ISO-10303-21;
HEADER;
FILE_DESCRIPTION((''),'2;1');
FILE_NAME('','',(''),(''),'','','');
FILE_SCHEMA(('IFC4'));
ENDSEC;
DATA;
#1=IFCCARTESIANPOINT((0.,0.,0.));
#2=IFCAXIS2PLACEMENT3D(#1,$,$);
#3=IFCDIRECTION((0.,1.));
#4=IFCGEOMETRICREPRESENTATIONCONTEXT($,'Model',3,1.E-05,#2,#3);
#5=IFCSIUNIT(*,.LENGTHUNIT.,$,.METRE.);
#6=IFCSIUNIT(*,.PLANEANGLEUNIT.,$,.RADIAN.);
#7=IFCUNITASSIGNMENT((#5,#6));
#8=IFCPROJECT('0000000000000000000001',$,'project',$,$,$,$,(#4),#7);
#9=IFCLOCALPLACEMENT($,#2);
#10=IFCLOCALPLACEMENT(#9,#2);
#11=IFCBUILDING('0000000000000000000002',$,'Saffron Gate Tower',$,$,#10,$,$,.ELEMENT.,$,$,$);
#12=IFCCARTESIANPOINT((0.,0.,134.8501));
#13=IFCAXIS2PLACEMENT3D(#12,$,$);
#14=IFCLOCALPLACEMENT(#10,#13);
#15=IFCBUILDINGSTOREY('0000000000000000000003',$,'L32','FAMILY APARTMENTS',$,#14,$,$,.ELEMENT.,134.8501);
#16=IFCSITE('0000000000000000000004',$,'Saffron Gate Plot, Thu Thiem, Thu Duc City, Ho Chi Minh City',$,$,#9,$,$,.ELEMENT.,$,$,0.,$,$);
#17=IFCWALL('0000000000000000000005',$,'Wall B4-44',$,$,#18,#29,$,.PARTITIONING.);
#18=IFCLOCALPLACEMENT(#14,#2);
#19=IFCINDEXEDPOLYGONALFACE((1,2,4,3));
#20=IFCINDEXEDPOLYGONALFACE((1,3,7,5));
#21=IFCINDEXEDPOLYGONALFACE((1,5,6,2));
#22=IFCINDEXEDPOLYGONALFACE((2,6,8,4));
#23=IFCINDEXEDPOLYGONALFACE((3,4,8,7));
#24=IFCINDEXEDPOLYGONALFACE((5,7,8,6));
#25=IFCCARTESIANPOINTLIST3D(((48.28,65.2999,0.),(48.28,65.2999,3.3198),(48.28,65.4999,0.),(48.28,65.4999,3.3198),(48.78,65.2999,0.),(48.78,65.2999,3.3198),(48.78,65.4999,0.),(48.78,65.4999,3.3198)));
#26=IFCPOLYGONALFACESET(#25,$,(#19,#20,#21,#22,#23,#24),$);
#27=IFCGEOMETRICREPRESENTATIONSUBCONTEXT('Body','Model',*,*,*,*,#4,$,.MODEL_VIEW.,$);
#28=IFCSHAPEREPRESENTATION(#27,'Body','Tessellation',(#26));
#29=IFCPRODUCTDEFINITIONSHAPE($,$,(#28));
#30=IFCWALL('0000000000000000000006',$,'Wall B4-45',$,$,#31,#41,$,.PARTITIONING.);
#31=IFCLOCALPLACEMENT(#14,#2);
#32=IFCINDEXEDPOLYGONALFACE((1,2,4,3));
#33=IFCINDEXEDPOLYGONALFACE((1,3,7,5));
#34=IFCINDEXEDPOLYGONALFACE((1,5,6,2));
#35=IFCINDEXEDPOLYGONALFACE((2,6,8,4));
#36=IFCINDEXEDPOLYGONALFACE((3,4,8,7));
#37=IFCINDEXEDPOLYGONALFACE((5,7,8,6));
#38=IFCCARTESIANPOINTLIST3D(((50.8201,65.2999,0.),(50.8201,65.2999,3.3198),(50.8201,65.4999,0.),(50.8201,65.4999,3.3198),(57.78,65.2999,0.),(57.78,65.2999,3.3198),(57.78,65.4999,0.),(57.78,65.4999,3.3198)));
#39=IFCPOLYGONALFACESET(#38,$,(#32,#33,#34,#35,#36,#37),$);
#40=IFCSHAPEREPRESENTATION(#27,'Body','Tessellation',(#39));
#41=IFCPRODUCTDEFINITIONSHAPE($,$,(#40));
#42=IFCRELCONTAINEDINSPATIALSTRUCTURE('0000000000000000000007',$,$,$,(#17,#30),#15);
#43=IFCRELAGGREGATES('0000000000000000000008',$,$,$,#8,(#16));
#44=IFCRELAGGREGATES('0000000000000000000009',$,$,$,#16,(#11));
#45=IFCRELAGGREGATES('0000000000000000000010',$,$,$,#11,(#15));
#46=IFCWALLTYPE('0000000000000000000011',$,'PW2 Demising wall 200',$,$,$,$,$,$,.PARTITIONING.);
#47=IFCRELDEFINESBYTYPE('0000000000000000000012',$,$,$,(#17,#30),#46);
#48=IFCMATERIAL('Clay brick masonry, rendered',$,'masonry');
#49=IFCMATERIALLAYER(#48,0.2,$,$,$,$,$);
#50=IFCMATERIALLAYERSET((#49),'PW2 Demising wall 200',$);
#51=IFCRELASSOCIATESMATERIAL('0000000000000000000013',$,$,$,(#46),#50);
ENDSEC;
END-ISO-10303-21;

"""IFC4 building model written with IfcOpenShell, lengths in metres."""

from ifc_helpers import new_model, si_unit, direction, frame, frame_2d, origin, place, context, subcontext, project, spatial, rectangle, extrude, material, layer, layer_set, type_object, element, save


model = new_model("IFC4")

# Units and contexts
model_context = context("Model", 3, precision=1e-05, world=origin(), true_north=direction((0.0, 1.0)))
body_context = subcontext(model_context, "Body", "Model", "MODEL_VIEW")
ifc_project = project(units=[si_unit("LENGTHUNIT", "METRE"), si_unit("PLANEANGLEUNIT", "RADIAN")], contexts=[model_context])

# Site, building, storey
site_placement = place(None, origin())
site = spatial("IfcSite", under=ifc_project, at=site_placement, Name="Saffron Gate Plot, Thu Thiem, Thu Duc City, Ho Chi Minh City", CompositionType="ELEMENT", RefElevation=0.0)
building_placement = place(site_placement, origin())
building = spatial("IfcBuilding", under=site, at=building_placement, Name="Saffron Gate Tower", CompositionType="ELEMENT")
storey_placement = place(building_placement, frame((0.0, 0.0, 134.8501)))
storey = spatial("IfcBuildingStorey", under=building, at=storey_placement, Name="L32", Description="FAMILY APARTMENTS", CompositionType="ELEMENT", Elevation=134.8501)

# Walls
ifc_material_1 = material(Name="Clay brick masonry, rendered", Category="masonry")
ifc_layer_1 = layer(ifc_material_1, 0.2)
ifc_layer_set_1 = layer_set([ifc_layer_1], Name="PW2 Demising wall 200")
wall_type_1 = type_object("IfcWallType", Name="PW2 Demising wall 200", PredefinedType="PARTITIONING", material=ifc_layer_set_1)
wall_1_placement = place(storey_placement, frame((48.28, 65.3999, 0.0), z_axis=(0.0, 0.0, 1.0), x_axis=(1.0, 0.0, 0.0)))
element("IfcWall", 1, at=wall_1_placement, inside=storey, type_object=wall_type_1, Name="Wall B4-44", PredefinedType="PARTITIONING", context=body_context, shape_type="SweptSolid", body=[
    extrude(rectangle(XDim=0.5, YDim=0.2, at=frame_2d((0.25, 0.0))), origin(), (0.0, 0.0, 1.0), 3.3198),
])
wall_2_placement = place(storey_placement, frame((50.8201, 65.3999, 0.0), z_axis=(0.0, 0.0, 1.0), x_axis=(1.0, 0.0, 0.0)))
element("IfcWall", 2, at=wall_2_placement, inside=storey, type_object=wall_type_1, Name="Wall B4-45", PredefinedType="PARTITIONING", context=body_context, shape_type="SweptSolid", body=[
    extrude(rectangle(XDim=6.96, YDim=0.2, at=frame_2d((3.48, 0.0))), origin(), (0.0, 0.0, 1.0), 3.3198),
])

save(model, "model.ifc")
